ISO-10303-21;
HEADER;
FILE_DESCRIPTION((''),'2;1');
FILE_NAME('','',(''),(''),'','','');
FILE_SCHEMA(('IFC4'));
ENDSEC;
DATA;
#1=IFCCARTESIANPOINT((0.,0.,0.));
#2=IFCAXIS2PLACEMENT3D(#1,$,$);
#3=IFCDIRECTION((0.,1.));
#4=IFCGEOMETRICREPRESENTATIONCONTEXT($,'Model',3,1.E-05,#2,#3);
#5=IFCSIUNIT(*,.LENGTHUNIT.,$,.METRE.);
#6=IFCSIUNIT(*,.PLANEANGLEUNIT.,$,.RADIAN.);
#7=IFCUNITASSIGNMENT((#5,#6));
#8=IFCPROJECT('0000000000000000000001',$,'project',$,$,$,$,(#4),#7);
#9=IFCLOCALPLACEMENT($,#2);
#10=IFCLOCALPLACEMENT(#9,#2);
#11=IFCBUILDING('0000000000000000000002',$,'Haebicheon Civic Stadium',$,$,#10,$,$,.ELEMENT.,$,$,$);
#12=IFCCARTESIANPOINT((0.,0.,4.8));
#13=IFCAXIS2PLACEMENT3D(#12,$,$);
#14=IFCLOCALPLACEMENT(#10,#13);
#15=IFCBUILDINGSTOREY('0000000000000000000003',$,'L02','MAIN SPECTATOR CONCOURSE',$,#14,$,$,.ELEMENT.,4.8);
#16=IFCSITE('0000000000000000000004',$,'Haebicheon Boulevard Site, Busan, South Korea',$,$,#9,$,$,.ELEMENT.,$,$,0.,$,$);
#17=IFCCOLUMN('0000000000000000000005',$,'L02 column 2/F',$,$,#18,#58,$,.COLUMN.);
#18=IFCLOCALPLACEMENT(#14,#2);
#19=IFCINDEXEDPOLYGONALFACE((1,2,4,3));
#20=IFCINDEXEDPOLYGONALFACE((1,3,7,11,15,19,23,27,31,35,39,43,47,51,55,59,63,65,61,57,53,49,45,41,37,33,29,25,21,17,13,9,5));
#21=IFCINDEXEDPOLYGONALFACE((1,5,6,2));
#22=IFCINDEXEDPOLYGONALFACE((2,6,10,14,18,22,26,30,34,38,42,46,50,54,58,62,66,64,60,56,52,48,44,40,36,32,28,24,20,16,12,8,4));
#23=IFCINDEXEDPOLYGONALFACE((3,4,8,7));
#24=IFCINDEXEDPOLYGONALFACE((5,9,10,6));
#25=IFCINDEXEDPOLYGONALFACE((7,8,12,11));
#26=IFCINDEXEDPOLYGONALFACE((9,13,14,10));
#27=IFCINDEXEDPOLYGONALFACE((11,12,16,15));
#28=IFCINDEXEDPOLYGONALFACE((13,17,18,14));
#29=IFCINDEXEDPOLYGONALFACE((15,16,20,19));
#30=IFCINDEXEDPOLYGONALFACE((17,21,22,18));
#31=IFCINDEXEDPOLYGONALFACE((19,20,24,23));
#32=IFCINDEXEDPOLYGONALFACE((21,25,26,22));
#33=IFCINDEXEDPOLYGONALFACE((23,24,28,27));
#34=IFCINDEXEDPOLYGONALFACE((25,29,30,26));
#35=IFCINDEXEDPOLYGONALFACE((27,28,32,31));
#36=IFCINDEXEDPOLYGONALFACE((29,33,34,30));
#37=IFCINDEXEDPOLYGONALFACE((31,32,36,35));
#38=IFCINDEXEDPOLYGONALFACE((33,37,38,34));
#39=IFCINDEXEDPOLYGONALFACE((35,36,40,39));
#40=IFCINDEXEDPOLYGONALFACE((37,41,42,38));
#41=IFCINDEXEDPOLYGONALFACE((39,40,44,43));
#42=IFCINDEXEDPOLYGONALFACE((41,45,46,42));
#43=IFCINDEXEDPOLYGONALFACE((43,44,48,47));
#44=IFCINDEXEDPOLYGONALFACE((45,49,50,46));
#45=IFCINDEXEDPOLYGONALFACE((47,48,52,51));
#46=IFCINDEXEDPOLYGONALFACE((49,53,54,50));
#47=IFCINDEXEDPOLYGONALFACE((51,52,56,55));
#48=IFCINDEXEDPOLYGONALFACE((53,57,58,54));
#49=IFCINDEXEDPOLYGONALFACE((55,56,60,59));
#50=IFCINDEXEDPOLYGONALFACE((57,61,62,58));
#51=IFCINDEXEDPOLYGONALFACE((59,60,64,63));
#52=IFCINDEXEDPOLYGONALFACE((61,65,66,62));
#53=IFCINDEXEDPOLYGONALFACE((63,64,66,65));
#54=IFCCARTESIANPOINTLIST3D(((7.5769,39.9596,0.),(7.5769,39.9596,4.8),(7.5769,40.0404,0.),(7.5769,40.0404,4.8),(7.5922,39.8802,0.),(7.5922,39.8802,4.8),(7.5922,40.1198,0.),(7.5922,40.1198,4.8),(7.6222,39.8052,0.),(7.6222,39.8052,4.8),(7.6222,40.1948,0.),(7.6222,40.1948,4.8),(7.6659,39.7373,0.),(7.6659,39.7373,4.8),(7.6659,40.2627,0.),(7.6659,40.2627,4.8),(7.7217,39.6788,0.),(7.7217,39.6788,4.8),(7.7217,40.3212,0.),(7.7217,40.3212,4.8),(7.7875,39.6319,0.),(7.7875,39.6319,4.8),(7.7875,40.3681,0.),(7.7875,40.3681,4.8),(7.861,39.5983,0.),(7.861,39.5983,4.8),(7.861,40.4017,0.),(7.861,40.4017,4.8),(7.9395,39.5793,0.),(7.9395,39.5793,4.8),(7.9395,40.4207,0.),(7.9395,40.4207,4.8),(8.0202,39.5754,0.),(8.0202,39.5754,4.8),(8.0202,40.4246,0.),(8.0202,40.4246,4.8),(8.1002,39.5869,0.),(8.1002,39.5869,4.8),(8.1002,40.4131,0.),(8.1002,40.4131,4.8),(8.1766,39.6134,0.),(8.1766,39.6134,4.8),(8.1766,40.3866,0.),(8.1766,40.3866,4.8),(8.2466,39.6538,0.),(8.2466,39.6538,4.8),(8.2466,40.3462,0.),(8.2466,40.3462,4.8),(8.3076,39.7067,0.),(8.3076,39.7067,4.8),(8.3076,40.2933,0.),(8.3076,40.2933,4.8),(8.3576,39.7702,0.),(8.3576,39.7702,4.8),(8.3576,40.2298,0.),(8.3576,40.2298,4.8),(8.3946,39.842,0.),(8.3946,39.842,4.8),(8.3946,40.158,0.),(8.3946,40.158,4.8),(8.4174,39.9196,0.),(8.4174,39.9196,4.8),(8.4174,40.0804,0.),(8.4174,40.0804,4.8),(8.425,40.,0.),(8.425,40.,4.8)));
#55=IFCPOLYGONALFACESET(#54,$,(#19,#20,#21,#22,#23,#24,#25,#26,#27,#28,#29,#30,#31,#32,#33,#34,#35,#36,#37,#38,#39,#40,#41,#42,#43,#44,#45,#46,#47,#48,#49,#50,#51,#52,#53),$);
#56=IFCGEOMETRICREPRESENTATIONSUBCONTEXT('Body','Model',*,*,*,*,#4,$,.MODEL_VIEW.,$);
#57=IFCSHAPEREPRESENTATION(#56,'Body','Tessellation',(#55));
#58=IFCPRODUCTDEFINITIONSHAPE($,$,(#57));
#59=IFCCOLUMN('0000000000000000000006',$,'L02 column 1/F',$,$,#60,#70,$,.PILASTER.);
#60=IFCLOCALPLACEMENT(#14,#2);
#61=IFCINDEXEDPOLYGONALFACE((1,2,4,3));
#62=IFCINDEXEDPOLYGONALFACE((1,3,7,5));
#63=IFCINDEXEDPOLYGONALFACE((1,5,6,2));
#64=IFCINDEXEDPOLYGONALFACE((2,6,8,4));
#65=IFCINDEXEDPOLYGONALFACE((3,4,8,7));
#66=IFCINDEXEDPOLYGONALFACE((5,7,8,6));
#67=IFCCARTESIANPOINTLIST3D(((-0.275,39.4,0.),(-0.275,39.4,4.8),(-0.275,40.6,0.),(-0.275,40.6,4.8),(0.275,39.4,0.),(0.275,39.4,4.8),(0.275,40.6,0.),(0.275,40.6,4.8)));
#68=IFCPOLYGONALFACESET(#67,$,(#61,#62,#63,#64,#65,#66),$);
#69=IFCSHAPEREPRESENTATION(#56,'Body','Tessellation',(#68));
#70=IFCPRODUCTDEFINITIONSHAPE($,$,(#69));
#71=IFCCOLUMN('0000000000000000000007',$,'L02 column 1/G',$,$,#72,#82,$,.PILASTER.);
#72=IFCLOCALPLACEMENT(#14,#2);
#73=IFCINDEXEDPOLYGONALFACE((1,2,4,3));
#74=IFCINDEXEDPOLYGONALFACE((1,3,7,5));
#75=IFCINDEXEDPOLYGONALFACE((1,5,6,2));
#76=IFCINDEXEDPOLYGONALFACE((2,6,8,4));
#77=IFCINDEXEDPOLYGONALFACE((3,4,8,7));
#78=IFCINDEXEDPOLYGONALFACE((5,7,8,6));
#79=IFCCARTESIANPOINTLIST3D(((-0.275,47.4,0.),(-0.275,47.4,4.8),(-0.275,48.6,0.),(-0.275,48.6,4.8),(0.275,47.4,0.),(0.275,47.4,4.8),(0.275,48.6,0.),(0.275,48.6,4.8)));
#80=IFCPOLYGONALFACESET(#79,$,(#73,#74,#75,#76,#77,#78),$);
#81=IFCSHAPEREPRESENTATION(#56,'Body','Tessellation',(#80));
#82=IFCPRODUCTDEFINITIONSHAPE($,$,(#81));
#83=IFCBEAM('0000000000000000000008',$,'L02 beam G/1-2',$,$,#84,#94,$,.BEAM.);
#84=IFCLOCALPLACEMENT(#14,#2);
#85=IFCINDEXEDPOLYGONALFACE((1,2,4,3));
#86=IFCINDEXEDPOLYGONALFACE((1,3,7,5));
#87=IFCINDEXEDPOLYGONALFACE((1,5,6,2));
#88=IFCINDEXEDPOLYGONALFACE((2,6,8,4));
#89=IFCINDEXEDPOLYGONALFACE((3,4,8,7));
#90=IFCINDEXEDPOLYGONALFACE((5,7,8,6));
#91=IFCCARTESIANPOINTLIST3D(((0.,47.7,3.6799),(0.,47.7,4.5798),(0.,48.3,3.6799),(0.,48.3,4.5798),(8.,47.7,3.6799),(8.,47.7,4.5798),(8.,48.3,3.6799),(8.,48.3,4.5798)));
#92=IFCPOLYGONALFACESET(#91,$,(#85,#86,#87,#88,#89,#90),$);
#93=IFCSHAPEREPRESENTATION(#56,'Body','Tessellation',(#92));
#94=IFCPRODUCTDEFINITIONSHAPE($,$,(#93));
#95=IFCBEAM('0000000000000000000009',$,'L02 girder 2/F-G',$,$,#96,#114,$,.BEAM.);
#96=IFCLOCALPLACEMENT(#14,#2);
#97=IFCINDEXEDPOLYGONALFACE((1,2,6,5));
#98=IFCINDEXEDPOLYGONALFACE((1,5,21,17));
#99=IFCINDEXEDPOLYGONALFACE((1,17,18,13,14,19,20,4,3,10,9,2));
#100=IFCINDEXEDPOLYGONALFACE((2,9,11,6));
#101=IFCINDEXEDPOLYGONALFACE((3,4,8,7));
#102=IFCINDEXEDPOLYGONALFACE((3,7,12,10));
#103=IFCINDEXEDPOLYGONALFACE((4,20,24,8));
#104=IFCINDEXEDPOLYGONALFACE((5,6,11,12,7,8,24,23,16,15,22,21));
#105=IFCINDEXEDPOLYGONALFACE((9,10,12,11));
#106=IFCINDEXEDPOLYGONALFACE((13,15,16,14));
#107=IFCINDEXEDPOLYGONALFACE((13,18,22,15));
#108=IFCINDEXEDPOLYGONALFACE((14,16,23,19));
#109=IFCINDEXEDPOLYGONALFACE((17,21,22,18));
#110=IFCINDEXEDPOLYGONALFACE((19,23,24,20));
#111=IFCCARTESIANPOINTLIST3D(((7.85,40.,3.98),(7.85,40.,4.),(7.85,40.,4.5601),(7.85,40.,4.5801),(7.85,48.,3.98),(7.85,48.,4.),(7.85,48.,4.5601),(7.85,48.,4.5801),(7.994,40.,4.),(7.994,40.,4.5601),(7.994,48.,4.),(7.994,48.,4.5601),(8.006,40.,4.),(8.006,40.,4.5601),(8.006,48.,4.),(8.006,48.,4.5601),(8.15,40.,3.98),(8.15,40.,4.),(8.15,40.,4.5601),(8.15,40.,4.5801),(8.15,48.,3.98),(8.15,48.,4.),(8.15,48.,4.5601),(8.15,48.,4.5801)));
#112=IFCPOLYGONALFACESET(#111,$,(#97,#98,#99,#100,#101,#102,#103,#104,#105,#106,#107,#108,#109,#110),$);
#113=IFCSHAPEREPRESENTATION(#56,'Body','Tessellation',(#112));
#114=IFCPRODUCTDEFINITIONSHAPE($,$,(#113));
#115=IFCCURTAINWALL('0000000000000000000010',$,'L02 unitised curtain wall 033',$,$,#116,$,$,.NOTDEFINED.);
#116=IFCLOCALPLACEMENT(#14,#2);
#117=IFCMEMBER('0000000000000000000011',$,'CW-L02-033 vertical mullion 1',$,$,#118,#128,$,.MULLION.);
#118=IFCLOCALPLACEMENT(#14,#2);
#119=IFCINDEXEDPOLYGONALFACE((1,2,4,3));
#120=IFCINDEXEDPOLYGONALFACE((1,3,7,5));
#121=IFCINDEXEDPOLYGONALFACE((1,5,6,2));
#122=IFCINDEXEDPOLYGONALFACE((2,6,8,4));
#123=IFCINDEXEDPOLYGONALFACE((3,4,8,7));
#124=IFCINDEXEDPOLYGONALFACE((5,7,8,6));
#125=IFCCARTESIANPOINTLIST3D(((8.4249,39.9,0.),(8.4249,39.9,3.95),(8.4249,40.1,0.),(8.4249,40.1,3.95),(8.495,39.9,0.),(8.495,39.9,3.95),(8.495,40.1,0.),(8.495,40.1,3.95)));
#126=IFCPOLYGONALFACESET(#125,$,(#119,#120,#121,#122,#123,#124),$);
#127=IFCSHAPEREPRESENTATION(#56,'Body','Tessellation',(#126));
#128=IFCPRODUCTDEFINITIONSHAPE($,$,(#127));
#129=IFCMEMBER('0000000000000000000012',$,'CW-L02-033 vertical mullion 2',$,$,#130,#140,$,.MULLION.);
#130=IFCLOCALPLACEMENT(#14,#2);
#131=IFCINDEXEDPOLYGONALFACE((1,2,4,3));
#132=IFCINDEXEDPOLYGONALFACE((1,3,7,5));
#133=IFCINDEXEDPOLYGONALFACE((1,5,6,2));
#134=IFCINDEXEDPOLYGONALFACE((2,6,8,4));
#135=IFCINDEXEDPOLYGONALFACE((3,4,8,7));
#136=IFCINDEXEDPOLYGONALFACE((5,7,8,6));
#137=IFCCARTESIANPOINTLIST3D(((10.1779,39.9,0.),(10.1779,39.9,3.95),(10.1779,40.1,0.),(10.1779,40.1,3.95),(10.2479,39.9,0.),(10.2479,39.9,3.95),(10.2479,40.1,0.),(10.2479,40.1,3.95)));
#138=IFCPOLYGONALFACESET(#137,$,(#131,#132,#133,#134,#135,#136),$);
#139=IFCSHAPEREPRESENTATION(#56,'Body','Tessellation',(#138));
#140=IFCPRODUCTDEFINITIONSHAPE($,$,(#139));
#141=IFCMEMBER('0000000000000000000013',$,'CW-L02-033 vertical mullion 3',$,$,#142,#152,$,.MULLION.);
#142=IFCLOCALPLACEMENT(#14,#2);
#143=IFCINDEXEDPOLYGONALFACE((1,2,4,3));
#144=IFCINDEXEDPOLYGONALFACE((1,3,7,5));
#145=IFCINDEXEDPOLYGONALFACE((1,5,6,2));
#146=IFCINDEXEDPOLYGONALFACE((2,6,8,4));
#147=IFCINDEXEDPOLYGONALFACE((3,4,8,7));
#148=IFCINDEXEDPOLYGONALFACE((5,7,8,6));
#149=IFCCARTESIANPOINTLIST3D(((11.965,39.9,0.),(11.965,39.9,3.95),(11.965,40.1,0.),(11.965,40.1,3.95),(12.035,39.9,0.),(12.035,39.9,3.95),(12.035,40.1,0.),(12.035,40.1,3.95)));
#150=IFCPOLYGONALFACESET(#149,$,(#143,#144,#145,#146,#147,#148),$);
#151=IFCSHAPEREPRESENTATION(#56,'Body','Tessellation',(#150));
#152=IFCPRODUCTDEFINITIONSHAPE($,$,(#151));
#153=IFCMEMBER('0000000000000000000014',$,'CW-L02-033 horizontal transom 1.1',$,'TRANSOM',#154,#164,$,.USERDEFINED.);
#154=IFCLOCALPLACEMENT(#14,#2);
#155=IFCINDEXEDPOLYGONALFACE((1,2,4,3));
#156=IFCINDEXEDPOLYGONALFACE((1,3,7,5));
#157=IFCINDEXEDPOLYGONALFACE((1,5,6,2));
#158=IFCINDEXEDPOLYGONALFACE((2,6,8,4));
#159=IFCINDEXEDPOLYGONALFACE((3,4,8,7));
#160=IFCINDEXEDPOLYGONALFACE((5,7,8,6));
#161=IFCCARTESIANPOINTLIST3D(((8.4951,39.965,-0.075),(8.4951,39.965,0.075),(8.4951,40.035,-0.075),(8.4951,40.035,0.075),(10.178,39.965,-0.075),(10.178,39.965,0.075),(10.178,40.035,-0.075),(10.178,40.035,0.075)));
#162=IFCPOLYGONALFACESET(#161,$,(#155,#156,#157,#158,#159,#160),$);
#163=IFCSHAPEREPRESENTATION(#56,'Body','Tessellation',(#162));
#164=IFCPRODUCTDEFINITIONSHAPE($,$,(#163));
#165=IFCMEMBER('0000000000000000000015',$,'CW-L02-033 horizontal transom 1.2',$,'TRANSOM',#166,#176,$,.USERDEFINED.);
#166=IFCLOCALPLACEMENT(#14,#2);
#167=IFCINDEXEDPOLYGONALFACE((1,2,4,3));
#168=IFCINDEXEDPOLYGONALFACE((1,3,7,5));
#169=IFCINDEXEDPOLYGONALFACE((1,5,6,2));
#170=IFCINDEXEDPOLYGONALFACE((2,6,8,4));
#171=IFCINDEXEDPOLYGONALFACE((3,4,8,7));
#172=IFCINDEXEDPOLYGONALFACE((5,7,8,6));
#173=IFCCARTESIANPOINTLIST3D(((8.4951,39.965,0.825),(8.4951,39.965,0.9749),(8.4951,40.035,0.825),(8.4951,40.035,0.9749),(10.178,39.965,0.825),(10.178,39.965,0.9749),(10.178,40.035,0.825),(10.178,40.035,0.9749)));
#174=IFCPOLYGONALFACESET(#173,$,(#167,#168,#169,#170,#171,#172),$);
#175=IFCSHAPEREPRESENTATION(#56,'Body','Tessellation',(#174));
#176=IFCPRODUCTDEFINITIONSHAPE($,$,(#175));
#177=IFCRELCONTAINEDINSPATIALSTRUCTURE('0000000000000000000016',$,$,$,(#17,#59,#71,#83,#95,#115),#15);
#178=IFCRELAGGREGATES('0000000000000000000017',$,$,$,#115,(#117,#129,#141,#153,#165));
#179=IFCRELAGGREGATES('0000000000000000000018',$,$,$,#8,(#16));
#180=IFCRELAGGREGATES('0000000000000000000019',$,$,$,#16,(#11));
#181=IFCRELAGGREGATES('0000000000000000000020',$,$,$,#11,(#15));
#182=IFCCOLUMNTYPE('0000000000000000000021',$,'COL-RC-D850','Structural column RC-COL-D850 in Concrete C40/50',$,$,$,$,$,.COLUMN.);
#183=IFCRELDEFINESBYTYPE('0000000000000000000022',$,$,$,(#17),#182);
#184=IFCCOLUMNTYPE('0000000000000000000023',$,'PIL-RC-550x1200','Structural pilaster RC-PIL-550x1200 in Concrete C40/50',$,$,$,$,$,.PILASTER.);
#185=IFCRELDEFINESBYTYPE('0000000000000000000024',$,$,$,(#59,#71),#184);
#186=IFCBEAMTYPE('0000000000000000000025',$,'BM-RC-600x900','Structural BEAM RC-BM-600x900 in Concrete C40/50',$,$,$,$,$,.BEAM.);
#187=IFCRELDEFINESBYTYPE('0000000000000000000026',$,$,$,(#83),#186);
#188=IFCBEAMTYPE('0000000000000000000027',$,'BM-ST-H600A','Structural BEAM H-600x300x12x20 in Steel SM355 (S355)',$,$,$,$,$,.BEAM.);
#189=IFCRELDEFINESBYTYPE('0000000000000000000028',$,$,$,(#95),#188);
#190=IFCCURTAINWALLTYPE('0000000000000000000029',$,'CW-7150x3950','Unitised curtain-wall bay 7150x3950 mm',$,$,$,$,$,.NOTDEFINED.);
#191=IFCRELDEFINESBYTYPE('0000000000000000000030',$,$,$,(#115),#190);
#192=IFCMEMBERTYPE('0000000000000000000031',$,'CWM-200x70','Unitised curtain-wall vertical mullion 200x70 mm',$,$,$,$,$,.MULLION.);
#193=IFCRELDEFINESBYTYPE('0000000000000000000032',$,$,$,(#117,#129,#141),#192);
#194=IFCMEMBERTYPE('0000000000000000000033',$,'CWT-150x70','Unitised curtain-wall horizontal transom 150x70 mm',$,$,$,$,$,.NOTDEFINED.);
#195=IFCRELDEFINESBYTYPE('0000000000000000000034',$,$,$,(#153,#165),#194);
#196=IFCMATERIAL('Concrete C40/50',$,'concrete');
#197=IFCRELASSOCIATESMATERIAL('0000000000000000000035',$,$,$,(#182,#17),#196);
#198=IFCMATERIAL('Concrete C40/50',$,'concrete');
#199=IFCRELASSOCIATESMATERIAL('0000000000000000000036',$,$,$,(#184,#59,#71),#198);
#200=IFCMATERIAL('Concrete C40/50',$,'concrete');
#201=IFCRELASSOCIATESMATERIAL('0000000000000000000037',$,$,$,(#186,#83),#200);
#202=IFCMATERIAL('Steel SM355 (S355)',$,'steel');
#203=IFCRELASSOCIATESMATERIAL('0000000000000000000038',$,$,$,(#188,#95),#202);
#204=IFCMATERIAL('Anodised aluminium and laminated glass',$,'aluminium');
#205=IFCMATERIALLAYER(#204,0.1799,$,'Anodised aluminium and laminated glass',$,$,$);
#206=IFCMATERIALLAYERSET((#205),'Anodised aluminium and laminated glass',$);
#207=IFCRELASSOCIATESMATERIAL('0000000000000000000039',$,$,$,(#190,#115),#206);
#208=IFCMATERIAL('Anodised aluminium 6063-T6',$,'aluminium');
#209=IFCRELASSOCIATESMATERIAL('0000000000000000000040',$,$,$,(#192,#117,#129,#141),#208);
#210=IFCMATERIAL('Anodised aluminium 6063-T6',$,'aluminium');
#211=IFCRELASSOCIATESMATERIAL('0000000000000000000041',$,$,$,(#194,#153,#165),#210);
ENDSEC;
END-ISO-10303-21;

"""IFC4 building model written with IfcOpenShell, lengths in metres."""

from ifc_helpers import new_model, si_unit, direction, frame, origin, origin_2d, place, context, subcontext, project, spatial, rectangle, circle, i_section, extrude, material, layer, layer_set, material_profile, profile_set, type_object, element, aggregate, save


model = new_model("IFC4")

# Units and contexts
model_context = context("Model", 3, precision=1e-05, world=origin(), true_north=direction((0.0, 1.0)))
body_context = subcontext(model_context, "Body", "Model", "MODEL_VIEW")
ifc_project = project(units=[si_unit("LENGTHUNIT", "METRE"), si_unit("PLANEANGLEUNIT", "RADIAN")], contexts=[model_context])

# Site, building, storey
site_placement = place(None, origin())
site = spatial("IfcSite", under=ifc_project, at=site_placement, Name="Haebicheon Boulevard Site, Busan, South Korea", CompositionType="ELEMENT", RefElevation=0.0)
building_placement = place(site_placement, origin())
building = spatial("IfcBuilding", under=site, at=building_placement, Name="Haebicheon Civic Stadium", CompositionType="ELEMENT")
storey_placement = place(building_placement, frame((0.0, 0.0, 4.8)))
storey = spatial("IfcBuildingStorey", under=building, at=storey_placement, Name="L02", Description="MAIN SPECTATOR CONCOURSE", CompositionType="ELEMENT", Elevation=4.8)

# Columns
ifc_material_1 = material(Name="Concrete C40/50", Category="concrete")
ifc_material_profile_1 = material_profile(ifc_material_1, circle(Radius=0.425, at=origin_2d()), Name="RC-COL-D850")
ifc_profile_set_1 = profile_set([ifc_material_profile_1], Name="Concrete C40/50")
column_type_1 = type_object("IfcColumnType", Name="COL-RC-D850", Description="Structural column RC-COL-D850 in Concrete C40/50", PredefinedType="COLUMN", material=ifc_profile_set_1)
column_placement = place(storey_placement, frame((8.0, 40.0, 0.0), z_axis=(0.0, 0.0, 1.0), x_axis=(1.0, 0.0, 0.0)))
element("IfcColumn", 1, at=column_placement, inside=storey, type_object=column_type_1, material=ifc_profile_set_1, Name="L02 column 2/F", PredefinedType="COLUMN", context=body_context, shape_type="SweptSolid", body=[
    extrude(circle(Radius=0.425, at=origin_2d()), origin(), (0.0, 0.0, 1.0), 4.8),
])
ifc_material_2 = material(Name="Concrete C40/50", Category="concrete")
ifc_material_profile_2 = material_profile(ifc_material_2, rectangle(XDim=0.55, YDim=1.2, at=origin_2d()), Name="RC-PIL-550x1200")
ifc_profile_set_2 = profile_set([ifc_material_profile_2], Name="Concrete C40/50")
column_type_2 = type_object("IfcColumnType", Name="PIL-RC-550x1200", Description="Structural pilaster RC-PIL-550x1200 in Concrete C40/50", PredefinedType="PILASTER", material=ifc_profile_set_2)
for number, where, z_axis, x_axis, name in (
    (2, (0.0, 40.0, 0.0), (0.0, 0.0, 1.0), (1.0, 0.0, 0.0), "L02 column 1/F"),
    (3, (0.0, 48.0, 0.0), (0.0, 0.0, 1.0), (1.0, 0.0, 0.0), "L02 column 1/G"),
):
    element("IfcColumn", number, at=place(storey_placement, frame(where, z_axis=z_axis, x_axis=x_axis)), inside=storey, type_object=column_type_2, material=ifc_profile_set_2, Name=name, PredefinedType="PILASTER", context=body_context, shape_type="SweptSolid", body=[
        extrude(rectangle(XDim=0.55, YDim=1.2, at=origin_2d()), origin(), (0.0, 0.0, 1.0), 4.8),
    ])

# Beams
ifc_material_3 = material(Name="Concrete C40/50", Category="concrete")
ifc_material_profile_3 = material_profile(ifc_material_3, rectangle(XDim=0.6001, YDim=0.8999, at=origin_2d()), Name="RC-BM-600x900")
ifc_profile_set_3 = profile_set([ifc_material_profile_3], Name="Concrete C40/50")
beam_type_1 = type_object("IfcBeamType", Name="BM-RC-600x900", Description="Structural BEAM RC-BM-600x900 in Concrete C40/50", PredefinedType="BEAM", material=ifc_profile_set_3)
beam_1_placement = place(storey_placement, frame((0.0, 48.0, 4.1299), z_axis=(1.0, 0.0, 0.0), x_axis=(0.0, 1.0, 0.0)))
element("IfcBeam", 4, at=beam_1_placement, inside=storey, type_object=beam_type_1, material=ifc_profile_set_3, Name="L02 beam G/1-2", PredefinedType="BEAM", context=body_context, shape_type="SweptSolid", body=[
    extrude(rectangle(XDim=0.6001, YDim=0.8999, at=origin_2d()), origin(), (0.0, 0.0, 1.0), 8.0),
])
ifc_material_4 = material(Name="Steel SM355 (S355)", Category="steel")
ifc_material_profile_4 = material_profile(ifc_material_4, i_section(OverallWidth=0.3, OverallDepth=0.6001, WebThickness=0.012, FlangeThickness=0.02, at=origin_2d()), Name="H-600x300x12x20")
ifc_profile_set_4 = profile_set([ifc_material_profile_4], Name="Steel SM355 (S355)")
beam_type_2 = type_object("IfcBeamType", Name="BM-ST-H600A", Description="Structural BEAM H-600x300x12x20 in Steel SM355 (S355)", PredefinedType="BEAM", material=ifc_profile_set_4)
beam_2_placement = place(storey_placement, frame((8.0, 40.0, 4.28), z_axis=(0.0, 1.0, 0.0), x_axis=(-1.0, 0.0, 0.0)))
element("IfcBeam", 5, at=beam_2_placement, inside=storey, type_object=beam_type_2, material=ifc_profile_set_4, Name="L02 girder 2/F-G", PredefinedType="BEAM", context=body_context, shape_type="SweptSolid", body=[
    extrude(i_section(OverallWidth=0.3, OverallDepth=0.6001, WebThickness=0.012, FlangeThickness=0.02, at=origin_2d()), origin(), (0.0, 0.0, 1.0), 8.0),
])

# Curtain wall, members
ifc_material_5 = material(Name="Anodised aluminium and laminated glass", Category="aluminium")
ifc_layer_1 = layer(ifc_material_5, 0.1799, Name="Anodised aluminium and laminated glass")
ifc_layer_set_1 = layer_set([ifc_layer_1], Name="Anodised aluminium and laminated glass")
curtain_wall_type = type_object("IfcCurtainWallType", Name="CW-7150x3950", Description="Unitised curtain-wall bay 7150x3950 mm", PredefinedType="NOTDEFINED", material=ifc_layer_set_1)
curtain_wall_placement = place(storey_placement, origin())
curtain_wall = element("IfcCurtainWall", 6, at=curtain_wall_placement, inside=storey, type_object=curtain_wall_type, material=ifc_layer_set_1, Name="L02 unitised curtain wall 033", PredefinedType="NOTDEFINED")
ifc_material_6 = material(Name="Anodised aluminium 6063-T6", Category="aluminium")
ifc_material_profile_5 = material_profile(ifc_material_6, rectangle(XDim=0.0701, YDim=0.2, at=origin_2d()), Name="ALU-MULL-70x200")
ifc_profile_set_5 = profile_set([ifc_material_profile_5], Name="Anodised aluminium 6063-T6")
member_type_1 = type_object("IfcMemberType", Name="CWM-200x70", Description="Unitised curtain-wall vertical mullion 200x70 mm", PredefinedType="MULLION", material=ifc_profile_set_5)
member_1_placement = place(storey_placement, frame((8.46, 40.0, 0.0), z_axis=(0.0, 0.0, 1.0), x_axis=(1.0, 0.0, 0.0)))
member_1 = element("IfcMember", 7, at=member_1_placement, type_object=member_type_1, material=ifc_profile_set_5, Name="CW-L02-033 vertical mullion 1", PredefinedType="MULLION", context=body_context, shape_type="SweptSolid", body=[
    extrude(rectangle(XDim=0.0701, YDim=0.2, at=origin_2d()), origin(), (0.0, 0.0, 1.0), 3.95),
])
member_2_placement = place(storey_placement, frame((10.2129, 40.0, 0.0), z_axis=(0.0, 0.0, 1.0), x_axis=(1.0, 0.0, 0.0)))
member_2 = element("IfcMember", 8, at=member_2_placement, type_object=member_type_1, material=ifc_profile_set_5, Name="CW-L02-033 vertical mullion 2", PredefinedType="MULLION", context=body_context, shape_type="SweptSolid", body=[
    extrude(rectangle(XDim=0.0701, YDim=0.2, at=origin_2d()), origin(), (0.0, 0.0, 1.0), 3.95),
])
member_3_placement = place(storey_placement, frame((12.0, 40.0, 0.0), z_axis=(0.0, 0.0, 1.0), x_axis=(1.0, 0.0, 0.0)))
member_3 = element("IfcMember", 9, at=member_3_placement, type_object=member_type_1, material=ifc_profile_set_5, Name="CW-L02-033 vertical mullion 3", PredefinedType="MULLION", context=body_context, shape_type="SweptSolid", body=[
    extrude(rectangle(XDim=0.0701, YDim=0.2, at=origin_2d()), origin(), (0.0, 0.0, 1.0), 3.95),
])
ifc_material_7 = material(Name="Anodised aluminium 6063-T6", Category="aluminium")
ifc_material_profile_6 = material_profile(ifc_material_7, rectangle(XDim=0.0701, YDim=0.1499, at=origin_2d()), Name="ALU-TRAN-70x150")
ifc_profile_set_6 = profile_set([ifc_material_profile_6], Name="Anodised aluminium 6063-T6")
member_type_2 = type_object("IfcMemberType", Name="CWT-150x70", Description="Unitised curtain-wall horizontal transom 150x70 mm", PredefinedType="NOTDEFINED", material=ifc_profile_set_6)
member_4_placement = place(storey_placement, frame((8.4951, 40.0, 0.0), z_axis=(1.0, 0.0, 0.0), x_axis=(0.0, 1.0, 0.0)))
member_4 = element("IfcMember", 10, at=member_4_placement, type_object=member_type_2, material=ifc_profile_set_6, Name="CW-L02-033 horizontal transom 1.1", ObjectType="TRANSOM", PredefinedType="USERDEFINED", context=body_context, shape_type="SweptSolid", body=[
    extrude(rectangle(XDim=0.0701, YDim=0.1499, at=origin_2d()), origin(), (0.0, 0.0, 1.0), 1.6829),
])
member_5_placement = place(storey_placement, frame((8.4951, 40.0, 0.8999), z_axis=(1.0, 0.0, 0.0), x_axis=(0.0, 1.0, 0.0)))
member_5 = element("IfcMember", 11, at=member_5_placement, type_object=member_type_2, material=ifc_profile_set_6, Name="CW-L02-033 horizontal transom 1.2", ObjectType="TRANSOM", PredefinedType="USERDEFINED", context=body_context, shape_type="SweptSolid", body=[
    extrude(rectangle(XDim=0.0701, YDim=0.1499, at=origin_2d()), origin(), (0.0, 0.0, 1.0), 1.6829),
])

aggregate(curtain_wall, [member_1, member_2, member_3, member_4, member_5])

save(model, "model.ifc")
